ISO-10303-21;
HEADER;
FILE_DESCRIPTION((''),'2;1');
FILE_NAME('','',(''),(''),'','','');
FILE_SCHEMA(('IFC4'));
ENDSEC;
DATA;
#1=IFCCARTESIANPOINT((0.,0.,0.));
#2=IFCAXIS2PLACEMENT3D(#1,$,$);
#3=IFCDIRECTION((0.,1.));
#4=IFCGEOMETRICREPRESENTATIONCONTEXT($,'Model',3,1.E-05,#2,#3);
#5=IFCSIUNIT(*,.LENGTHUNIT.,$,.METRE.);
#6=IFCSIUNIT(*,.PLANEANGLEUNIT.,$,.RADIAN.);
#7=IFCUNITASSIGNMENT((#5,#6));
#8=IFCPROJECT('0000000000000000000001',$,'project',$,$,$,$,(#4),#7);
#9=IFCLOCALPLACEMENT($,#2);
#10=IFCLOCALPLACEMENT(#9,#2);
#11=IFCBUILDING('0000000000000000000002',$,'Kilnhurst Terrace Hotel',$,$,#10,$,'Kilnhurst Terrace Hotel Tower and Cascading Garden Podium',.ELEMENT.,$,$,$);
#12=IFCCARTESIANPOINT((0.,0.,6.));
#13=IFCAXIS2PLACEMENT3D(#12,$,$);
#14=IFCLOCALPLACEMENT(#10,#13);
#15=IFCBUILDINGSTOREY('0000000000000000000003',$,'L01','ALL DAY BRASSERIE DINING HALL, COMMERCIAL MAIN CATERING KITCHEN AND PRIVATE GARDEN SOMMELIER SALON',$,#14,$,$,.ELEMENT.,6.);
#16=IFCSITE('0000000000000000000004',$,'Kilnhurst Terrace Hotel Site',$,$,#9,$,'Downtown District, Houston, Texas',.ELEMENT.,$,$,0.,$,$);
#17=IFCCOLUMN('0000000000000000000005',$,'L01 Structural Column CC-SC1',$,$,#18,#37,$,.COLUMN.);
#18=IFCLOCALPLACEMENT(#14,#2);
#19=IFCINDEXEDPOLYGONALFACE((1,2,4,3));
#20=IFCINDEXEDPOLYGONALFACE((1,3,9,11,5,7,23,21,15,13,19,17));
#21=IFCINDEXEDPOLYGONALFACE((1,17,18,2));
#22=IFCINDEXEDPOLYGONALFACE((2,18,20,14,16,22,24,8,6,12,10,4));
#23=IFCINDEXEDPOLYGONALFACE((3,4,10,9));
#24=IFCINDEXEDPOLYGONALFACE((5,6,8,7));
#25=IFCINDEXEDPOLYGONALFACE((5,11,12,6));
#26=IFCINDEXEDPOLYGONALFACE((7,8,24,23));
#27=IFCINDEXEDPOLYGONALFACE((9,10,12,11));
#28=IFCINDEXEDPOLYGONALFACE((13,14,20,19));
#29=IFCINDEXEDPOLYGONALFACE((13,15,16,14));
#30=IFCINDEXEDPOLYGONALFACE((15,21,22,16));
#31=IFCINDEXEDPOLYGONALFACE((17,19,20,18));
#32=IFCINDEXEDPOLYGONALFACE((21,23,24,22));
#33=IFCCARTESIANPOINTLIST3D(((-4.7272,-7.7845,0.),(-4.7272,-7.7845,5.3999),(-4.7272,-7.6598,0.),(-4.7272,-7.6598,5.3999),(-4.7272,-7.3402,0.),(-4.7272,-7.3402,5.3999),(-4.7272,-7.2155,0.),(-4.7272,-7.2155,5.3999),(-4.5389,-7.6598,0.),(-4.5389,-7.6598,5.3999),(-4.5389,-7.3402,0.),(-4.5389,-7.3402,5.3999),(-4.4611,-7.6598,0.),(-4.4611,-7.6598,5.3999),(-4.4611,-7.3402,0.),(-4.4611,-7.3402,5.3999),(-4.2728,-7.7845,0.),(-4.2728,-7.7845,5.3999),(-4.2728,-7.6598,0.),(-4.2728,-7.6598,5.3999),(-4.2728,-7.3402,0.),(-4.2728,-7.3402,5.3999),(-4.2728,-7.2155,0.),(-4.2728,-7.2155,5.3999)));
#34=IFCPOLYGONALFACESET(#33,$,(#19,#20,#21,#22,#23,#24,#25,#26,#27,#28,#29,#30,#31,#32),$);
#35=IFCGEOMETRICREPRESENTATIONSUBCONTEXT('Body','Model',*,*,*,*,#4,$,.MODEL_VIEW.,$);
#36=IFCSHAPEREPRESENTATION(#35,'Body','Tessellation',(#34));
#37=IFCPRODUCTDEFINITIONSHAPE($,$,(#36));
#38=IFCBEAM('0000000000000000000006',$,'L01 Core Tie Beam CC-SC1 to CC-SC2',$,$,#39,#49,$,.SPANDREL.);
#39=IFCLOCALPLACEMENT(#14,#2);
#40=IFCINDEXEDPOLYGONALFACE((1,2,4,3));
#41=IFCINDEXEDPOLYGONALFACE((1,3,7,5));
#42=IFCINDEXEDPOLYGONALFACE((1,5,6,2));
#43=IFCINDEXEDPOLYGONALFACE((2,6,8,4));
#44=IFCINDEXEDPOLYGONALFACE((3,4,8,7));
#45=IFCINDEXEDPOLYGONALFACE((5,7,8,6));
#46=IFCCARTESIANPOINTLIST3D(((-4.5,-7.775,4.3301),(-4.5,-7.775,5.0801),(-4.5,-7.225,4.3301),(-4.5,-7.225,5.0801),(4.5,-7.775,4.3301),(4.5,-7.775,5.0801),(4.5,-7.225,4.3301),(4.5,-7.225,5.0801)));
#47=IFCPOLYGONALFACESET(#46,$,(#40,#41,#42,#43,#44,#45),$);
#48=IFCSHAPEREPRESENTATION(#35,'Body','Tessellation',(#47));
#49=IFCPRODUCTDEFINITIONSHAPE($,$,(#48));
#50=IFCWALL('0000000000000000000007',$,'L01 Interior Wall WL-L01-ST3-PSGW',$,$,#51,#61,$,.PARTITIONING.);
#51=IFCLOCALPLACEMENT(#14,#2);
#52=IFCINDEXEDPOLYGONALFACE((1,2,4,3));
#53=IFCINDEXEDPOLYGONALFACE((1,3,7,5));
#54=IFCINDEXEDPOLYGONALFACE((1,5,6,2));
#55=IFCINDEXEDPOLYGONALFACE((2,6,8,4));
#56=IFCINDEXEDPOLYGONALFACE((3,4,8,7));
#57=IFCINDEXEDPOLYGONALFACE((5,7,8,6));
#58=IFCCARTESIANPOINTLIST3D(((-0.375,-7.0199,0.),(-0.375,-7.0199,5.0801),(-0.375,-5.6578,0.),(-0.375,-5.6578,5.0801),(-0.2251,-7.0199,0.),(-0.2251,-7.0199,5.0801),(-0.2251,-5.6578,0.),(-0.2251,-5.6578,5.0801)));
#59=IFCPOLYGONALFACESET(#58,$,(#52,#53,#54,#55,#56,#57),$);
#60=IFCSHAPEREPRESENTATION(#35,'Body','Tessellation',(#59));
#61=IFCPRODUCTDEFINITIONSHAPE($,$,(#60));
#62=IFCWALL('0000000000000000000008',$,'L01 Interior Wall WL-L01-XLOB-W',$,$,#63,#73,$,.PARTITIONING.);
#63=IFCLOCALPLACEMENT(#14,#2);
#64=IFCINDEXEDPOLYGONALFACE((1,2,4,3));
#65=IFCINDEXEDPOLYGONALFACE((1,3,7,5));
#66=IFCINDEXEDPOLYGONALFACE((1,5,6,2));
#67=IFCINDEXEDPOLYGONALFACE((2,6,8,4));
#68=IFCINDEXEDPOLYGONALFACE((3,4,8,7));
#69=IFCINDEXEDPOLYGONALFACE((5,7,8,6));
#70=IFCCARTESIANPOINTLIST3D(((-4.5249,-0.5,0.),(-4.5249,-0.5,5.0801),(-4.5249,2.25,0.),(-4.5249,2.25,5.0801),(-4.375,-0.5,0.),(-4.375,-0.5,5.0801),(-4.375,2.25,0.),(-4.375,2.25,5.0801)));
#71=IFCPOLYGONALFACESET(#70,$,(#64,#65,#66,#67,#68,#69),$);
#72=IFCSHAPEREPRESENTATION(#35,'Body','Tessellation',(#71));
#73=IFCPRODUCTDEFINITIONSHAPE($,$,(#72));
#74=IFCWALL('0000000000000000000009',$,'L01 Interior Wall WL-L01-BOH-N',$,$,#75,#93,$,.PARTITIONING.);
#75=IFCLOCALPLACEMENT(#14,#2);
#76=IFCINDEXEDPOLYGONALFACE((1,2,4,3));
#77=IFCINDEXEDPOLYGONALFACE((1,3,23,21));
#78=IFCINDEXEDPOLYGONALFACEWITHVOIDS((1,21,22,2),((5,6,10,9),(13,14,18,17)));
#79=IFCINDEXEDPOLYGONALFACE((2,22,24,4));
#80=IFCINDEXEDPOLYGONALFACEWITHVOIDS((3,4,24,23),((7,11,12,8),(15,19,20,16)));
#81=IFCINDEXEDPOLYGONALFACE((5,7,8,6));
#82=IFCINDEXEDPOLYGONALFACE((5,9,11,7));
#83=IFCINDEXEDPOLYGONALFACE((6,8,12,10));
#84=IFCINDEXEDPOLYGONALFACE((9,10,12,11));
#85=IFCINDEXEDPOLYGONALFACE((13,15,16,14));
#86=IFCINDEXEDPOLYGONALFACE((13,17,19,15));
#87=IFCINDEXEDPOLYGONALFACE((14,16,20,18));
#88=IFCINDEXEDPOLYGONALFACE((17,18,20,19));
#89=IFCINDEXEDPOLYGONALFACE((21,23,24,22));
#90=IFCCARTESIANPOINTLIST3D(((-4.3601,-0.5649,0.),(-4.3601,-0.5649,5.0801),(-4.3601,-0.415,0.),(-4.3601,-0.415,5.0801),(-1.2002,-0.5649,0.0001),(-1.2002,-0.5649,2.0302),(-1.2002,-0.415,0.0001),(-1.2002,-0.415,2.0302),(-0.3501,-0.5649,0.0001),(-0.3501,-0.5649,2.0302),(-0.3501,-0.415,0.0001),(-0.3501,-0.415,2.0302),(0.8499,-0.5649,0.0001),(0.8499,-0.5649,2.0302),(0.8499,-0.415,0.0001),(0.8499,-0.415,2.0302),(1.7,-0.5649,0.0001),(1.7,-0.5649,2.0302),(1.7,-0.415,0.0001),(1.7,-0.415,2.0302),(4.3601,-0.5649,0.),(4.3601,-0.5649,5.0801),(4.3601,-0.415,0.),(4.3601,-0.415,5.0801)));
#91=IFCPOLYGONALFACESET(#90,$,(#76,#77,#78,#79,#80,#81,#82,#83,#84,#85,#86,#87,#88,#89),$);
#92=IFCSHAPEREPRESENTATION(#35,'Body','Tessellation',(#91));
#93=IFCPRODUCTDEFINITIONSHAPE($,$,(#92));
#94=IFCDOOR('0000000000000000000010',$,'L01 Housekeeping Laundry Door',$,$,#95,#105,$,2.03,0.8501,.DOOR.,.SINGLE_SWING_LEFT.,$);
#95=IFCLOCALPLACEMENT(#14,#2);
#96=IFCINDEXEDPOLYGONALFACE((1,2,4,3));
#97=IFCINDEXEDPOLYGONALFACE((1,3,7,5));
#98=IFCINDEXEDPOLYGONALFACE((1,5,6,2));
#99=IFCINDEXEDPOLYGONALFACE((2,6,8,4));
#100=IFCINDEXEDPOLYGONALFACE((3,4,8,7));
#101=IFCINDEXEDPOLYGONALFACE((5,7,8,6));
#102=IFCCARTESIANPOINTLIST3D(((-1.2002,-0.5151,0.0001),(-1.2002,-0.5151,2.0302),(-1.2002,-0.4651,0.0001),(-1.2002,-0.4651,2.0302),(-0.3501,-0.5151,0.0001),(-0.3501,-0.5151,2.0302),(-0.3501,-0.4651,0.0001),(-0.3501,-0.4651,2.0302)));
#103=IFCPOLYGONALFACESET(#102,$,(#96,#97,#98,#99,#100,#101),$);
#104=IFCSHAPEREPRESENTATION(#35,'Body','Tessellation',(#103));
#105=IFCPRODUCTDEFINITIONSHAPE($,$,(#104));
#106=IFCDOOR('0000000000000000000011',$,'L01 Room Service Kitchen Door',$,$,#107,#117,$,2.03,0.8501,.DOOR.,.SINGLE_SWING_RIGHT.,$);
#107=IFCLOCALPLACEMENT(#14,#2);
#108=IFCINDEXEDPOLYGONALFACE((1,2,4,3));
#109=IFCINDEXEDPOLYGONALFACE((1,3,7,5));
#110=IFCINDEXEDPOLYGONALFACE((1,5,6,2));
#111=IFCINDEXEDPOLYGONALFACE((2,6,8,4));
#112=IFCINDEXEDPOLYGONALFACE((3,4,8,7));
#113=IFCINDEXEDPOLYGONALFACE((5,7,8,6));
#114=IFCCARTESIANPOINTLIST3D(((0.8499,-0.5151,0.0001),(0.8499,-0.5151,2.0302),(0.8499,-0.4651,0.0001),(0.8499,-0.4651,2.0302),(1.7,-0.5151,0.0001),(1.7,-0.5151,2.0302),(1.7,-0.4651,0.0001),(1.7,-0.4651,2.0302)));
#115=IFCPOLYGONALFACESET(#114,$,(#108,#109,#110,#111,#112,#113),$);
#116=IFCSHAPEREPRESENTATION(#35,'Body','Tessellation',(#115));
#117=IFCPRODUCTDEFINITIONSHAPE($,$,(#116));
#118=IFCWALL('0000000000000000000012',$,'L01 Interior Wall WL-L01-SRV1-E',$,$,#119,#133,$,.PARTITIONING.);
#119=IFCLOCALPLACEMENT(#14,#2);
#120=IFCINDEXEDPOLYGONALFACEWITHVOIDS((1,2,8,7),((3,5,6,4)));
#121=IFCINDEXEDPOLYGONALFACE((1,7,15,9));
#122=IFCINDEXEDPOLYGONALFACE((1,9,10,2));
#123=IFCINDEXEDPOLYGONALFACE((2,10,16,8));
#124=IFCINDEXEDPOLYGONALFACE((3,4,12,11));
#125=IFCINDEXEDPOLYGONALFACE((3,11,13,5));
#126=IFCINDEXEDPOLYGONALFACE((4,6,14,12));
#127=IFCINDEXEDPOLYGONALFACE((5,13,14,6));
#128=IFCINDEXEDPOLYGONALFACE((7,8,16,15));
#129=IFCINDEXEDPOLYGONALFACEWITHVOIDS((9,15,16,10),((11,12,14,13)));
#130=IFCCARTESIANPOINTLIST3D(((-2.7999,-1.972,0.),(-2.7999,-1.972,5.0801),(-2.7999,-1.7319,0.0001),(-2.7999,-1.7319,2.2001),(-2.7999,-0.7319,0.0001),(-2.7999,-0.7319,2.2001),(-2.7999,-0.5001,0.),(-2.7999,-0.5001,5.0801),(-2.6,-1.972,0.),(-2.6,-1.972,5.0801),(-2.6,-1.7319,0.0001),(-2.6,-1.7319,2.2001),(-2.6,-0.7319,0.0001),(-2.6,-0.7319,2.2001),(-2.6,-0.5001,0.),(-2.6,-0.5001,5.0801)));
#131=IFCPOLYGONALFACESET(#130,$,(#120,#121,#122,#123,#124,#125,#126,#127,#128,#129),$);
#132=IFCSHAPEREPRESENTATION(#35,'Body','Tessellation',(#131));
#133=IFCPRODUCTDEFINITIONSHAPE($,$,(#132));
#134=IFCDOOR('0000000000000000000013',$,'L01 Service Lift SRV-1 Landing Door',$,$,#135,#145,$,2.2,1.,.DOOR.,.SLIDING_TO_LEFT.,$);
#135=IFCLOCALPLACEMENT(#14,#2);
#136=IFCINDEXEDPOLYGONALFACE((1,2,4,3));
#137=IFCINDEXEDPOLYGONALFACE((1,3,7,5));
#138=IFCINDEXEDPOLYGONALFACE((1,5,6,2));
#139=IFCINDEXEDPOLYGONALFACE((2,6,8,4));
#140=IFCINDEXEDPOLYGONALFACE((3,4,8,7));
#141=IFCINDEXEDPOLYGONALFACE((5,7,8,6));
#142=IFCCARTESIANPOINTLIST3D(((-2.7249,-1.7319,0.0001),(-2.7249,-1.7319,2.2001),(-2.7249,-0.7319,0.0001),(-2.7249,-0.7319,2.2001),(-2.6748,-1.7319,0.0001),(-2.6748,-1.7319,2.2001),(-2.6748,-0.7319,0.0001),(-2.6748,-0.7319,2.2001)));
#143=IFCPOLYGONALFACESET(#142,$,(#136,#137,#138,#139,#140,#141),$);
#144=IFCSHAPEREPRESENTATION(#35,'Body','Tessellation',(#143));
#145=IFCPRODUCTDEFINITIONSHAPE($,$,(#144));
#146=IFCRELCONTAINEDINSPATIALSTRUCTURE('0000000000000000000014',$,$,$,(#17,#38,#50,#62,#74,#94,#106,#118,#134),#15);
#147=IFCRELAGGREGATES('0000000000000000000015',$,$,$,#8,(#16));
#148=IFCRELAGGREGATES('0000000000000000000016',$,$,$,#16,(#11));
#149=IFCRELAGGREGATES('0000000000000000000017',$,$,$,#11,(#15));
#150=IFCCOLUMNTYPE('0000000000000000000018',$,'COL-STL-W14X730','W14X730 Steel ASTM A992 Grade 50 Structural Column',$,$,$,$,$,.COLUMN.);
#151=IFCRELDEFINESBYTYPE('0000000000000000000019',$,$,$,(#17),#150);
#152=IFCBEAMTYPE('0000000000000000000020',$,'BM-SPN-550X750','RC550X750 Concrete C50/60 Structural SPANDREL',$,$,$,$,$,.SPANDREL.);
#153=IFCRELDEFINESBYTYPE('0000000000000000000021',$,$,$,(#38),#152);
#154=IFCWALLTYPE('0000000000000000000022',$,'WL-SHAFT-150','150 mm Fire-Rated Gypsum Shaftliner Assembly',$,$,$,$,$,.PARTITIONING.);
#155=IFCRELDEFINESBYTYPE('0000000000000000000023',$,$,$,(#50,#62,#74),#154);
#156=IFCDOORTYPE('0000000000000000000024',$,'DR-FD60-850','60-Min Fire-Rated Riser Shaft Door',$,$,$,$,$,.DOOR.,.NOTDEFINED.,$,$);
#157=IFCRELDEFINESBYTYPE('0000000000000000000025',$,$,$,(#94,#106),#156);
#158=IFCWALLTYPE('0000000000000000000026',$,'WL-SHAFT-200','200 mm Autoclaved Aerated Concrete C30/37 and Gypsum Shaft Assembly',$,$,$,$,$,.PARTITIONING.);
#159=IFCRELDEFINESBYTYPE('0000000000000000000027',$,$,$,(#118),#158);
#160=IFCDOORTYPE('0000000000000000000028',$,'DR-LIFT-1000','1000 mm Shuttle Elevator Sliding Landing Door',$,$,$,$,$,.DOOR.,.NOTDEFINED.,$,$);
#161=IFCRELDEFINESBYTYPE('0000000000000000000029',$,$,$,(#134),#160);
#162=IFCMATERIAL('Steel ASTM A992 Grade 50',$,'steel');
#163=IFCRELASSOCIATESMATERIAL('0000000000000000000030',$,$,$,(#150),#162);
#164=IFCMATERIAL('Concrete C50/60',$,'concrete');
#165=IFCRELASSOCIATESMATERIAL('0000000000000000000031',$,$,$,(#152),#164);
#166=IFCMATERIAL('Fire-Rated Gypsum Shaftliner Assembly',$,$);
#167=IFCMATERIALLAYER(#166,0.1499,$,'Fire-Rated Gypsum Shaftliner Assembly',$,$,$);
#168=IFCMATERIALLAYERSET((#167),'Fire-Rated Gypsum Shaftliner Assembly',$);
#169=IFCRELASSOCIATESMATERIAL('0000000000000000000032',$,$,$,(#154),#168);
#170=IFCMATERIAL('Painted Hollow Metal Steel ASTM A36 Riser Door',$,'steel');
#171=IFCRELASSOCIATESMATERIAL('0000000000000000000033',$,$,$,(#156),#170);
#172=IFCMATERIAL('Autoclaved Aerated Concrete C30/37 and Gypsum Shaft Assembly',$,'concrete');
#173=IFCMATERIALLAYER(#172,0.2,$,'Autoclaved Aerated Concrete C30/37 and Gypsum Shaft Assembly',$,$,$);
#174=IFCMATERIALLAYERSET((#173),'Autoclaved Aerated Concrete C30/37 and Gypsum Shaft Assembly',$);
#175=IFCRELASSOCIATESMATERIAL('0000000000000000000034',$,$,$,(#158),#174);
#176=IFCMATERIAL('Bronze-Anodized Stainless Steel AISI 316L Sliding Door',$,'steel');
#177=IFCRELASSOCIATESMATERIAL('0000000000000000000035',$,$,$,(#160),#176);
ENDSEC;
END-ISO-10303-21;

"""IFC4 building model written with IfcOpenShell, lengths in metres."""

from ifc_helpers import new_model, si_unit, direction, frame, frame_2d, origin, origin_2d, place, context, subcontext, project, spatial, rectangle, i_section, extrude, material, layer, layer_set, material_profile, profile_set, type_object, element, fill, save


model = new_model("IFC4")

# Units and contexts
model_context = context("Model", 3, precision=1e-05, world=origin(), true_north=direction((0.0, 1.0)))
body_context = subcontext(model_context, "Body", "Model", "MODEL_VIEW")
ifc_project = project(units=[si_unit("LENGTHUNIT", "METRE"), si_unit("PLANEANGLEUNIT", "RADIAN")], contexts=[model_context])

# Site, building, storey
site_placement = place(None, origin())
site = spatial("IfcSite", under=ifc_project, at=site_placement, Name="Kilnhurst Terrace Hotel Site", LongName="Downtown District, Houston, Texas", CompositionType="ELEMENT", RefElevation=0.0)
building_placement = place(site_placement, origin())
building = spatial("IfcBuilding", under=site, at=building_placement, Name="Kilnhurst Terrace Hotel", LongName="Kilnhurst Terrace Hotel Tower and Cascading Garden Podium", CompositionType="ELEMENT")
storey_placement = place(building_placement, frame((0.0, 0.0, 6.0)))
storey = spatial("IfcBuildingStorey", under=building, at=storey_placement, Name="L01", Description="ALL DAY BRASSERIE DINING HALL, COMMERCIAL MAIN CATERING KITCHEN AND PRIVATE GARDEN SOMMELIER SALON", CompositionType="ELEMENT", Elevation=6.0)

# Column
ifc_material_1 = material(Name="Steel ASTM A992 Grade 50", Category="steel")
ifc_material_profile_1 = material_profile(ifc_material_1, i_section(OverallWidth=0.4543, OverallDepth=0.5691, WebThickness=0.0779, FlangeThickness=0.1248, at=origin_2d()), Name="W14X730")
ifc_profile_set_1 = profile_set([ifc_material_profile_1], Name="Steel ASTM A992 Grade 50")
column_type = type_object("IfcColumnType", Name="COL-STL-W14X730", Description="W14X730 Steel ASTM A992 Grade 50 Structural Column", PredefinedType="COLUMN", material=ifc_profile_set_1)
column_placement = place(storey_placement, frame((-4.5, -7.5, 0.0), z_axis=(0.0, 0.0, 1.0), x_axis=(1.0, 0.0, 0.0)))
element("IfcColumn", 1, at=column_placement, inside=storey, type_object=column_type, Name="L01 Structural Column CC-SC1", PredefinedType="COLUMN", context=body_context, shape_type="SweptSolid", body=[
    extrude(i_section(OverallWidth=0.4543, OverallDepth=0.5691, WebThickness=0.0779, FlangeThickness=0.1248, at=origin_2d()), origin(), (0.0, 0.0, 1.0), 5.3999),
])

# Beam
ifc_material_2 = material(Name="Concrete C50/60", Category="concrete")
ifc_material_profile_2 = material_profile(ifc_material_2, rectangle(XDim=0.55, YDim=0.75, at=origin_2d()), Name="RC550X750")
ifc_profile_set_2 = profile_set([ifc_material_profile_2], Name="Concrete C50/60")
beam_type = type_object("IfcBeamType", Name="BM-SPN-550X750", Description="RC550X750 Concrete C50/60 Structural SPANDREL", PredefinedType="SPANDREL", material=ifc_profile_set_2)
beam_placement = place(storey_placement, frame((-4.5, -7.5, 4.7051), z_axis=(1.0, 0.0, 0.0), x_axis=(0.0, 1.0, 0.0)))
element("IfcBeam", 2, at=beam_placement, inside=storey, type_object=beam_type, Name="L01 Core Tie Beam CC-SC1 to CC-SC2", PredefinedType="SPANDREL", context=body_context, shape_type="SweptSolid", body=[
    extrude(rectangle(XDim=0.55, YDim=0.75, at=origin_2d()), origin(), (0.0, 0.0, 1.0), 9.0),
])

# Walls
ifc_material_3 = material(Name="Fire-Rated Gypsum Shaftliner Assembly")
ifc_layer_1 = layer(ifc_material_3, 0.1499, Name="Fire-Rated Gypsum Shaftliner Assembly")
ifc_layer_set_1 = layer_set([ifc_layer_1], Name="Fire-Rated Gypsum Shaftliner Assembly")
wall_type_1 = type_object("IfcWallType", Name="WL-SHAFT-150", Description="150 mm Fire-Rated Gypsum Shaftliner Assembly", PredefinedType="PARTITIONING", material=ifc_layer_set_1)
wall_1_placement = place(storey_placement, frame((-0.3, -7.02, 0.0), z_axis=(0.0, 0.0, 1.0), x_axis=(0.0, 1.0, 0.0)))
element("IfcWall", 3, at=wall_1_placement, inside=storey, type_object=wall_type_1, Name="L01 Interior Wall WL-L01-ST3-PSGW", PredefinedType="PARTITIONING", context=body_context, shape_type="SweptSolid", body=[
    extrude(rectangle(XDim=1.3621, YDim=0.1499, at=frame_2d((0.6812, 0.0))), origin(), (0.0, 0.0, 1.0), 5.0801),
])
wall_2_placement = place(storey_placement, frame((-4.45, -0.5, 0.0), z_axis=(0.0, 0.0, 1.0), x_axis=(0.0, 1.0, 0.0)))
element("IfcWall", 4, at=wall_2_placement, inside=storey, type_object=wall_type_1, Name="L01 Interior Wall WL-L01-XLOB-W", PredefinedType="PARTITIONING", context=body_context, shape_type="SweptSolid", body=[
    extrude(rectangle(XDim=2.75, YDim=0.1499, at=frame_2d((1.375, 0.0))), origin(), (0.0, 0.0, 1.0), 5.0801),
])

# Wall, openings, doors
wall_3_placement = place(storey_placement, frame((-4.3601, -0.49, 0.0), z_axis=(0.0, 0.0, 1.0), x_axis=(1.0, 0.0, 0.0)))
wall_3 = element("IfcWall", 5, at=wall_3_placement, inside=storey, type_object=wall_type_1, Name="L01 Interior Wall WL-L01-BOH-N", PredefinedType="PARTITIONING", context=body_context, shape_type="SweptSolid", body=[
    extrude(rectangle(XDim=8.7202, YDim=0.1499, at=frame_2d((4.3601, 0.0))), origin(), (0.0, 0.0, 1.0), 5.0801),
])
opening_1_placement = place(wall_3_placement, frame((3.1599, 0.0, 0.0)))
opening_1 = element("IfcOpeningElement", 6, at=opening_1_placement, cuts=wall_3, PredefinedType="OPENING", context=body_context, shape_type="SweptSolid", body=[
    extrude(rectangle(XDim=0.8501, YDim=2.03, at=frame_2d((0.425, 1.0151))), frame((0.0, 0.085, 0.0), z_axis=(0.0, -1.0, 0.0), x_axis=(1.0, 0.0, 0.0)), (0.0, 0.0, 1.0), 0.1699),
])
opening_2_placement = place(wall_3_placement, frame((5.21, 0.0, 0.0)))
opening_2 = element("IfcOpeningElement", 7, at=opening_2_placement, cuts=wall_3, PredefinedType="OPENING", context=body_context, shape_type="SweptSolid", body=[
    extrude(rectangle(XDim=0.8501, YDim=2.03, at=frame_2d((0.425, 1.0151))), frame((0.0, 0.085, 0.0), z_axis=(0.0, -1.0, 0.0), x_axis=(1.0, 0.0, 0.0)), (0.0, 0.0, 1.0), 0.1699),
])
ifc_material_4 = material(Name="Painted Hollow Metal Steel ASTM A36 Riser Door", Category="steel")
door_type_1 = type_object("IfcDoorType", Name="DR-FD60-850", Description="60-Min Fire-Rated Riser Shaft Door", OperationType="NOTDEFINED", PredefinedType="DOOR", material=ifc_material_4)
door_1_placement = place(opening_1_placement, origin())
door_1 = element("IfcDoor", 8, at=door_1_placement, inside=storey, type_object=door_type_1, Name="L01 Housekeeping Laundry Door", OperationType="SINGLE_SWING_LEFT", OverallHeight=2.03, OverallWidth=0.8501, PredefinedType="DOOR", context=body_context, shape_type="SweptSolid", body=[
    extrude(rectangle(XDim=0.8501, YDim=2.03, at=frame_2d((0.425, 1.0151))), frame((0.0, 0.0249, 0.0), z_axis=(0.0, -1.0, 0.0), x_axis=(1.0, 0.0, 0.0)), (0.0, 0.0, 1.0), 0.05),
])
fill(opening_1, door_1)
door_2_placement = place(opening_2_placement, origin())
door_2 = element("IfcDoor", 9, at=door_2_placement, inside=storey, type_object=door_type_1, Name="L01 Room Service Kitchen Door", OperationType="SINGLE_SWING_RIGHT", OverallHeight=2.03, OverallWidth=0.8501, PredefinedType="DOOR", context=body_context, shape_type="SweptSolid", body=[
    extrude(rectangle(XDim=0.8501, YDim=2.03, at=frame_2d((0.425, 1.0151))), frame((0.0, 0.0249, 0.0), z_axis=(0.0, -1.0, 0.0), x_axis=(1.0, 0.0, 0.0)), (0.0, 0.0, 1.0), 0.05),
])
fill(opening_2, door_2)

# Wall, opening, door
ifc_material_5 = material(Name="Autoclaved Aerated Concrete C30/37 and Gypsum Shaft Assembly", Category="concrete")
ifc_layer_2 = layer(ifc_material_5, 0.2, Name="Autoclaved Aerated Concrete C30/37 and Gypsum Shaft Assembly")
ifc_layer_set_2 = layer_set([ifc_layer_2], Name="Autoclaved Aerated Concrete C30/37 and Gypsum Shaft Assembly")
wall_type_2 = type_object("IfcWallType", Name="WL-SHAFT-200", Description="200 mm Autoclaved Aerated Concrete C30/37 and Gypsum Shaft Assembly", PredefinedType="PARTITIONING", material=ifc_layer_set_2)
wall_4_placement = place(storey_placement, frame((-2.7, -1.9719, 0.0), z_axis=(0.0, 0.0, 1.0), x_axis=(0.0, 1.0, 0.0)))
wall_4 = element("IfcWall", 10, at=wall_4_placement, inside=storey, type_object=wall_type_2, Name="L01 Interior Wall WL-L01-SRV1-E", PredefinedType="PARTITIONING", context=body_context, shape_type="SweptSolid", body=[
    extrude(rectangle(XDim=1.4719, YDim=0.2, at=frame_2d((0.7358, 0.0))), origin(), (0.0, 0.0, 1.0), 5.0801),
])
opening_3_placement = place(wall_4_placement, frame((0.24, 0.0, 0.0)))
opening_3 = element("IfcOpeningElement", 11, at=opening_3_placement, cuts=wall_4, PredefinedType="OPENING", context=body_context, shape_type="SweptSolid", body=[
    extrude(rectangle(XDim=1.0, YDim=2.2, at=frame_2d((0.5, 1.1001))), frame((0.0, 0.1099, 0.0), z_axis=(0.0, -1.0, 0.0), x_axis=(1.0, 0.0, 0.0)), (0.0, 0.0, 1.0), 0.22),
])
ifc_material_6 = material(Name="Bronze-Anodized Stainless Steel AISI 316L Sliding Door", Category="steel")
door_type_2 = type_object("IfcDoorType", Name="DR-LIFT-1000", Description="1000 mm Shuttle Elevator Sliding Landing Door", OperationType="NOTDEFINED", PredefinedType="DOOR", material=ifc_material_6)
door_3_placement = place(opening_3_placement, origin())
door_3 = element("IfcDoor", 12, at=door_3_placement, inside=storey, type_object=door_type_2, Name="L01 Service Lift SRV-1 Landing Door", OperationType="SLIDING_TO_LEFT", OverallHeight=2.2, OverallWidth=1.0, PredefinedType="DOOR", context=body_context, shape_type="SweptSolid", body=[
    extrude(rectangle(XDim=1.0, YDim=2.2, at=frame_2d((0.5, 1.1001))), frame((0.0, 0.0249, 0.0), z_axis=(0.0, -1.0, 0.0), x_axis=(1.0, 0.0, 0.0)), (0.0, 0.0, 1.0), 0.05),
])
fill(opening_3, door_3)

save(model, "model.ifc")
